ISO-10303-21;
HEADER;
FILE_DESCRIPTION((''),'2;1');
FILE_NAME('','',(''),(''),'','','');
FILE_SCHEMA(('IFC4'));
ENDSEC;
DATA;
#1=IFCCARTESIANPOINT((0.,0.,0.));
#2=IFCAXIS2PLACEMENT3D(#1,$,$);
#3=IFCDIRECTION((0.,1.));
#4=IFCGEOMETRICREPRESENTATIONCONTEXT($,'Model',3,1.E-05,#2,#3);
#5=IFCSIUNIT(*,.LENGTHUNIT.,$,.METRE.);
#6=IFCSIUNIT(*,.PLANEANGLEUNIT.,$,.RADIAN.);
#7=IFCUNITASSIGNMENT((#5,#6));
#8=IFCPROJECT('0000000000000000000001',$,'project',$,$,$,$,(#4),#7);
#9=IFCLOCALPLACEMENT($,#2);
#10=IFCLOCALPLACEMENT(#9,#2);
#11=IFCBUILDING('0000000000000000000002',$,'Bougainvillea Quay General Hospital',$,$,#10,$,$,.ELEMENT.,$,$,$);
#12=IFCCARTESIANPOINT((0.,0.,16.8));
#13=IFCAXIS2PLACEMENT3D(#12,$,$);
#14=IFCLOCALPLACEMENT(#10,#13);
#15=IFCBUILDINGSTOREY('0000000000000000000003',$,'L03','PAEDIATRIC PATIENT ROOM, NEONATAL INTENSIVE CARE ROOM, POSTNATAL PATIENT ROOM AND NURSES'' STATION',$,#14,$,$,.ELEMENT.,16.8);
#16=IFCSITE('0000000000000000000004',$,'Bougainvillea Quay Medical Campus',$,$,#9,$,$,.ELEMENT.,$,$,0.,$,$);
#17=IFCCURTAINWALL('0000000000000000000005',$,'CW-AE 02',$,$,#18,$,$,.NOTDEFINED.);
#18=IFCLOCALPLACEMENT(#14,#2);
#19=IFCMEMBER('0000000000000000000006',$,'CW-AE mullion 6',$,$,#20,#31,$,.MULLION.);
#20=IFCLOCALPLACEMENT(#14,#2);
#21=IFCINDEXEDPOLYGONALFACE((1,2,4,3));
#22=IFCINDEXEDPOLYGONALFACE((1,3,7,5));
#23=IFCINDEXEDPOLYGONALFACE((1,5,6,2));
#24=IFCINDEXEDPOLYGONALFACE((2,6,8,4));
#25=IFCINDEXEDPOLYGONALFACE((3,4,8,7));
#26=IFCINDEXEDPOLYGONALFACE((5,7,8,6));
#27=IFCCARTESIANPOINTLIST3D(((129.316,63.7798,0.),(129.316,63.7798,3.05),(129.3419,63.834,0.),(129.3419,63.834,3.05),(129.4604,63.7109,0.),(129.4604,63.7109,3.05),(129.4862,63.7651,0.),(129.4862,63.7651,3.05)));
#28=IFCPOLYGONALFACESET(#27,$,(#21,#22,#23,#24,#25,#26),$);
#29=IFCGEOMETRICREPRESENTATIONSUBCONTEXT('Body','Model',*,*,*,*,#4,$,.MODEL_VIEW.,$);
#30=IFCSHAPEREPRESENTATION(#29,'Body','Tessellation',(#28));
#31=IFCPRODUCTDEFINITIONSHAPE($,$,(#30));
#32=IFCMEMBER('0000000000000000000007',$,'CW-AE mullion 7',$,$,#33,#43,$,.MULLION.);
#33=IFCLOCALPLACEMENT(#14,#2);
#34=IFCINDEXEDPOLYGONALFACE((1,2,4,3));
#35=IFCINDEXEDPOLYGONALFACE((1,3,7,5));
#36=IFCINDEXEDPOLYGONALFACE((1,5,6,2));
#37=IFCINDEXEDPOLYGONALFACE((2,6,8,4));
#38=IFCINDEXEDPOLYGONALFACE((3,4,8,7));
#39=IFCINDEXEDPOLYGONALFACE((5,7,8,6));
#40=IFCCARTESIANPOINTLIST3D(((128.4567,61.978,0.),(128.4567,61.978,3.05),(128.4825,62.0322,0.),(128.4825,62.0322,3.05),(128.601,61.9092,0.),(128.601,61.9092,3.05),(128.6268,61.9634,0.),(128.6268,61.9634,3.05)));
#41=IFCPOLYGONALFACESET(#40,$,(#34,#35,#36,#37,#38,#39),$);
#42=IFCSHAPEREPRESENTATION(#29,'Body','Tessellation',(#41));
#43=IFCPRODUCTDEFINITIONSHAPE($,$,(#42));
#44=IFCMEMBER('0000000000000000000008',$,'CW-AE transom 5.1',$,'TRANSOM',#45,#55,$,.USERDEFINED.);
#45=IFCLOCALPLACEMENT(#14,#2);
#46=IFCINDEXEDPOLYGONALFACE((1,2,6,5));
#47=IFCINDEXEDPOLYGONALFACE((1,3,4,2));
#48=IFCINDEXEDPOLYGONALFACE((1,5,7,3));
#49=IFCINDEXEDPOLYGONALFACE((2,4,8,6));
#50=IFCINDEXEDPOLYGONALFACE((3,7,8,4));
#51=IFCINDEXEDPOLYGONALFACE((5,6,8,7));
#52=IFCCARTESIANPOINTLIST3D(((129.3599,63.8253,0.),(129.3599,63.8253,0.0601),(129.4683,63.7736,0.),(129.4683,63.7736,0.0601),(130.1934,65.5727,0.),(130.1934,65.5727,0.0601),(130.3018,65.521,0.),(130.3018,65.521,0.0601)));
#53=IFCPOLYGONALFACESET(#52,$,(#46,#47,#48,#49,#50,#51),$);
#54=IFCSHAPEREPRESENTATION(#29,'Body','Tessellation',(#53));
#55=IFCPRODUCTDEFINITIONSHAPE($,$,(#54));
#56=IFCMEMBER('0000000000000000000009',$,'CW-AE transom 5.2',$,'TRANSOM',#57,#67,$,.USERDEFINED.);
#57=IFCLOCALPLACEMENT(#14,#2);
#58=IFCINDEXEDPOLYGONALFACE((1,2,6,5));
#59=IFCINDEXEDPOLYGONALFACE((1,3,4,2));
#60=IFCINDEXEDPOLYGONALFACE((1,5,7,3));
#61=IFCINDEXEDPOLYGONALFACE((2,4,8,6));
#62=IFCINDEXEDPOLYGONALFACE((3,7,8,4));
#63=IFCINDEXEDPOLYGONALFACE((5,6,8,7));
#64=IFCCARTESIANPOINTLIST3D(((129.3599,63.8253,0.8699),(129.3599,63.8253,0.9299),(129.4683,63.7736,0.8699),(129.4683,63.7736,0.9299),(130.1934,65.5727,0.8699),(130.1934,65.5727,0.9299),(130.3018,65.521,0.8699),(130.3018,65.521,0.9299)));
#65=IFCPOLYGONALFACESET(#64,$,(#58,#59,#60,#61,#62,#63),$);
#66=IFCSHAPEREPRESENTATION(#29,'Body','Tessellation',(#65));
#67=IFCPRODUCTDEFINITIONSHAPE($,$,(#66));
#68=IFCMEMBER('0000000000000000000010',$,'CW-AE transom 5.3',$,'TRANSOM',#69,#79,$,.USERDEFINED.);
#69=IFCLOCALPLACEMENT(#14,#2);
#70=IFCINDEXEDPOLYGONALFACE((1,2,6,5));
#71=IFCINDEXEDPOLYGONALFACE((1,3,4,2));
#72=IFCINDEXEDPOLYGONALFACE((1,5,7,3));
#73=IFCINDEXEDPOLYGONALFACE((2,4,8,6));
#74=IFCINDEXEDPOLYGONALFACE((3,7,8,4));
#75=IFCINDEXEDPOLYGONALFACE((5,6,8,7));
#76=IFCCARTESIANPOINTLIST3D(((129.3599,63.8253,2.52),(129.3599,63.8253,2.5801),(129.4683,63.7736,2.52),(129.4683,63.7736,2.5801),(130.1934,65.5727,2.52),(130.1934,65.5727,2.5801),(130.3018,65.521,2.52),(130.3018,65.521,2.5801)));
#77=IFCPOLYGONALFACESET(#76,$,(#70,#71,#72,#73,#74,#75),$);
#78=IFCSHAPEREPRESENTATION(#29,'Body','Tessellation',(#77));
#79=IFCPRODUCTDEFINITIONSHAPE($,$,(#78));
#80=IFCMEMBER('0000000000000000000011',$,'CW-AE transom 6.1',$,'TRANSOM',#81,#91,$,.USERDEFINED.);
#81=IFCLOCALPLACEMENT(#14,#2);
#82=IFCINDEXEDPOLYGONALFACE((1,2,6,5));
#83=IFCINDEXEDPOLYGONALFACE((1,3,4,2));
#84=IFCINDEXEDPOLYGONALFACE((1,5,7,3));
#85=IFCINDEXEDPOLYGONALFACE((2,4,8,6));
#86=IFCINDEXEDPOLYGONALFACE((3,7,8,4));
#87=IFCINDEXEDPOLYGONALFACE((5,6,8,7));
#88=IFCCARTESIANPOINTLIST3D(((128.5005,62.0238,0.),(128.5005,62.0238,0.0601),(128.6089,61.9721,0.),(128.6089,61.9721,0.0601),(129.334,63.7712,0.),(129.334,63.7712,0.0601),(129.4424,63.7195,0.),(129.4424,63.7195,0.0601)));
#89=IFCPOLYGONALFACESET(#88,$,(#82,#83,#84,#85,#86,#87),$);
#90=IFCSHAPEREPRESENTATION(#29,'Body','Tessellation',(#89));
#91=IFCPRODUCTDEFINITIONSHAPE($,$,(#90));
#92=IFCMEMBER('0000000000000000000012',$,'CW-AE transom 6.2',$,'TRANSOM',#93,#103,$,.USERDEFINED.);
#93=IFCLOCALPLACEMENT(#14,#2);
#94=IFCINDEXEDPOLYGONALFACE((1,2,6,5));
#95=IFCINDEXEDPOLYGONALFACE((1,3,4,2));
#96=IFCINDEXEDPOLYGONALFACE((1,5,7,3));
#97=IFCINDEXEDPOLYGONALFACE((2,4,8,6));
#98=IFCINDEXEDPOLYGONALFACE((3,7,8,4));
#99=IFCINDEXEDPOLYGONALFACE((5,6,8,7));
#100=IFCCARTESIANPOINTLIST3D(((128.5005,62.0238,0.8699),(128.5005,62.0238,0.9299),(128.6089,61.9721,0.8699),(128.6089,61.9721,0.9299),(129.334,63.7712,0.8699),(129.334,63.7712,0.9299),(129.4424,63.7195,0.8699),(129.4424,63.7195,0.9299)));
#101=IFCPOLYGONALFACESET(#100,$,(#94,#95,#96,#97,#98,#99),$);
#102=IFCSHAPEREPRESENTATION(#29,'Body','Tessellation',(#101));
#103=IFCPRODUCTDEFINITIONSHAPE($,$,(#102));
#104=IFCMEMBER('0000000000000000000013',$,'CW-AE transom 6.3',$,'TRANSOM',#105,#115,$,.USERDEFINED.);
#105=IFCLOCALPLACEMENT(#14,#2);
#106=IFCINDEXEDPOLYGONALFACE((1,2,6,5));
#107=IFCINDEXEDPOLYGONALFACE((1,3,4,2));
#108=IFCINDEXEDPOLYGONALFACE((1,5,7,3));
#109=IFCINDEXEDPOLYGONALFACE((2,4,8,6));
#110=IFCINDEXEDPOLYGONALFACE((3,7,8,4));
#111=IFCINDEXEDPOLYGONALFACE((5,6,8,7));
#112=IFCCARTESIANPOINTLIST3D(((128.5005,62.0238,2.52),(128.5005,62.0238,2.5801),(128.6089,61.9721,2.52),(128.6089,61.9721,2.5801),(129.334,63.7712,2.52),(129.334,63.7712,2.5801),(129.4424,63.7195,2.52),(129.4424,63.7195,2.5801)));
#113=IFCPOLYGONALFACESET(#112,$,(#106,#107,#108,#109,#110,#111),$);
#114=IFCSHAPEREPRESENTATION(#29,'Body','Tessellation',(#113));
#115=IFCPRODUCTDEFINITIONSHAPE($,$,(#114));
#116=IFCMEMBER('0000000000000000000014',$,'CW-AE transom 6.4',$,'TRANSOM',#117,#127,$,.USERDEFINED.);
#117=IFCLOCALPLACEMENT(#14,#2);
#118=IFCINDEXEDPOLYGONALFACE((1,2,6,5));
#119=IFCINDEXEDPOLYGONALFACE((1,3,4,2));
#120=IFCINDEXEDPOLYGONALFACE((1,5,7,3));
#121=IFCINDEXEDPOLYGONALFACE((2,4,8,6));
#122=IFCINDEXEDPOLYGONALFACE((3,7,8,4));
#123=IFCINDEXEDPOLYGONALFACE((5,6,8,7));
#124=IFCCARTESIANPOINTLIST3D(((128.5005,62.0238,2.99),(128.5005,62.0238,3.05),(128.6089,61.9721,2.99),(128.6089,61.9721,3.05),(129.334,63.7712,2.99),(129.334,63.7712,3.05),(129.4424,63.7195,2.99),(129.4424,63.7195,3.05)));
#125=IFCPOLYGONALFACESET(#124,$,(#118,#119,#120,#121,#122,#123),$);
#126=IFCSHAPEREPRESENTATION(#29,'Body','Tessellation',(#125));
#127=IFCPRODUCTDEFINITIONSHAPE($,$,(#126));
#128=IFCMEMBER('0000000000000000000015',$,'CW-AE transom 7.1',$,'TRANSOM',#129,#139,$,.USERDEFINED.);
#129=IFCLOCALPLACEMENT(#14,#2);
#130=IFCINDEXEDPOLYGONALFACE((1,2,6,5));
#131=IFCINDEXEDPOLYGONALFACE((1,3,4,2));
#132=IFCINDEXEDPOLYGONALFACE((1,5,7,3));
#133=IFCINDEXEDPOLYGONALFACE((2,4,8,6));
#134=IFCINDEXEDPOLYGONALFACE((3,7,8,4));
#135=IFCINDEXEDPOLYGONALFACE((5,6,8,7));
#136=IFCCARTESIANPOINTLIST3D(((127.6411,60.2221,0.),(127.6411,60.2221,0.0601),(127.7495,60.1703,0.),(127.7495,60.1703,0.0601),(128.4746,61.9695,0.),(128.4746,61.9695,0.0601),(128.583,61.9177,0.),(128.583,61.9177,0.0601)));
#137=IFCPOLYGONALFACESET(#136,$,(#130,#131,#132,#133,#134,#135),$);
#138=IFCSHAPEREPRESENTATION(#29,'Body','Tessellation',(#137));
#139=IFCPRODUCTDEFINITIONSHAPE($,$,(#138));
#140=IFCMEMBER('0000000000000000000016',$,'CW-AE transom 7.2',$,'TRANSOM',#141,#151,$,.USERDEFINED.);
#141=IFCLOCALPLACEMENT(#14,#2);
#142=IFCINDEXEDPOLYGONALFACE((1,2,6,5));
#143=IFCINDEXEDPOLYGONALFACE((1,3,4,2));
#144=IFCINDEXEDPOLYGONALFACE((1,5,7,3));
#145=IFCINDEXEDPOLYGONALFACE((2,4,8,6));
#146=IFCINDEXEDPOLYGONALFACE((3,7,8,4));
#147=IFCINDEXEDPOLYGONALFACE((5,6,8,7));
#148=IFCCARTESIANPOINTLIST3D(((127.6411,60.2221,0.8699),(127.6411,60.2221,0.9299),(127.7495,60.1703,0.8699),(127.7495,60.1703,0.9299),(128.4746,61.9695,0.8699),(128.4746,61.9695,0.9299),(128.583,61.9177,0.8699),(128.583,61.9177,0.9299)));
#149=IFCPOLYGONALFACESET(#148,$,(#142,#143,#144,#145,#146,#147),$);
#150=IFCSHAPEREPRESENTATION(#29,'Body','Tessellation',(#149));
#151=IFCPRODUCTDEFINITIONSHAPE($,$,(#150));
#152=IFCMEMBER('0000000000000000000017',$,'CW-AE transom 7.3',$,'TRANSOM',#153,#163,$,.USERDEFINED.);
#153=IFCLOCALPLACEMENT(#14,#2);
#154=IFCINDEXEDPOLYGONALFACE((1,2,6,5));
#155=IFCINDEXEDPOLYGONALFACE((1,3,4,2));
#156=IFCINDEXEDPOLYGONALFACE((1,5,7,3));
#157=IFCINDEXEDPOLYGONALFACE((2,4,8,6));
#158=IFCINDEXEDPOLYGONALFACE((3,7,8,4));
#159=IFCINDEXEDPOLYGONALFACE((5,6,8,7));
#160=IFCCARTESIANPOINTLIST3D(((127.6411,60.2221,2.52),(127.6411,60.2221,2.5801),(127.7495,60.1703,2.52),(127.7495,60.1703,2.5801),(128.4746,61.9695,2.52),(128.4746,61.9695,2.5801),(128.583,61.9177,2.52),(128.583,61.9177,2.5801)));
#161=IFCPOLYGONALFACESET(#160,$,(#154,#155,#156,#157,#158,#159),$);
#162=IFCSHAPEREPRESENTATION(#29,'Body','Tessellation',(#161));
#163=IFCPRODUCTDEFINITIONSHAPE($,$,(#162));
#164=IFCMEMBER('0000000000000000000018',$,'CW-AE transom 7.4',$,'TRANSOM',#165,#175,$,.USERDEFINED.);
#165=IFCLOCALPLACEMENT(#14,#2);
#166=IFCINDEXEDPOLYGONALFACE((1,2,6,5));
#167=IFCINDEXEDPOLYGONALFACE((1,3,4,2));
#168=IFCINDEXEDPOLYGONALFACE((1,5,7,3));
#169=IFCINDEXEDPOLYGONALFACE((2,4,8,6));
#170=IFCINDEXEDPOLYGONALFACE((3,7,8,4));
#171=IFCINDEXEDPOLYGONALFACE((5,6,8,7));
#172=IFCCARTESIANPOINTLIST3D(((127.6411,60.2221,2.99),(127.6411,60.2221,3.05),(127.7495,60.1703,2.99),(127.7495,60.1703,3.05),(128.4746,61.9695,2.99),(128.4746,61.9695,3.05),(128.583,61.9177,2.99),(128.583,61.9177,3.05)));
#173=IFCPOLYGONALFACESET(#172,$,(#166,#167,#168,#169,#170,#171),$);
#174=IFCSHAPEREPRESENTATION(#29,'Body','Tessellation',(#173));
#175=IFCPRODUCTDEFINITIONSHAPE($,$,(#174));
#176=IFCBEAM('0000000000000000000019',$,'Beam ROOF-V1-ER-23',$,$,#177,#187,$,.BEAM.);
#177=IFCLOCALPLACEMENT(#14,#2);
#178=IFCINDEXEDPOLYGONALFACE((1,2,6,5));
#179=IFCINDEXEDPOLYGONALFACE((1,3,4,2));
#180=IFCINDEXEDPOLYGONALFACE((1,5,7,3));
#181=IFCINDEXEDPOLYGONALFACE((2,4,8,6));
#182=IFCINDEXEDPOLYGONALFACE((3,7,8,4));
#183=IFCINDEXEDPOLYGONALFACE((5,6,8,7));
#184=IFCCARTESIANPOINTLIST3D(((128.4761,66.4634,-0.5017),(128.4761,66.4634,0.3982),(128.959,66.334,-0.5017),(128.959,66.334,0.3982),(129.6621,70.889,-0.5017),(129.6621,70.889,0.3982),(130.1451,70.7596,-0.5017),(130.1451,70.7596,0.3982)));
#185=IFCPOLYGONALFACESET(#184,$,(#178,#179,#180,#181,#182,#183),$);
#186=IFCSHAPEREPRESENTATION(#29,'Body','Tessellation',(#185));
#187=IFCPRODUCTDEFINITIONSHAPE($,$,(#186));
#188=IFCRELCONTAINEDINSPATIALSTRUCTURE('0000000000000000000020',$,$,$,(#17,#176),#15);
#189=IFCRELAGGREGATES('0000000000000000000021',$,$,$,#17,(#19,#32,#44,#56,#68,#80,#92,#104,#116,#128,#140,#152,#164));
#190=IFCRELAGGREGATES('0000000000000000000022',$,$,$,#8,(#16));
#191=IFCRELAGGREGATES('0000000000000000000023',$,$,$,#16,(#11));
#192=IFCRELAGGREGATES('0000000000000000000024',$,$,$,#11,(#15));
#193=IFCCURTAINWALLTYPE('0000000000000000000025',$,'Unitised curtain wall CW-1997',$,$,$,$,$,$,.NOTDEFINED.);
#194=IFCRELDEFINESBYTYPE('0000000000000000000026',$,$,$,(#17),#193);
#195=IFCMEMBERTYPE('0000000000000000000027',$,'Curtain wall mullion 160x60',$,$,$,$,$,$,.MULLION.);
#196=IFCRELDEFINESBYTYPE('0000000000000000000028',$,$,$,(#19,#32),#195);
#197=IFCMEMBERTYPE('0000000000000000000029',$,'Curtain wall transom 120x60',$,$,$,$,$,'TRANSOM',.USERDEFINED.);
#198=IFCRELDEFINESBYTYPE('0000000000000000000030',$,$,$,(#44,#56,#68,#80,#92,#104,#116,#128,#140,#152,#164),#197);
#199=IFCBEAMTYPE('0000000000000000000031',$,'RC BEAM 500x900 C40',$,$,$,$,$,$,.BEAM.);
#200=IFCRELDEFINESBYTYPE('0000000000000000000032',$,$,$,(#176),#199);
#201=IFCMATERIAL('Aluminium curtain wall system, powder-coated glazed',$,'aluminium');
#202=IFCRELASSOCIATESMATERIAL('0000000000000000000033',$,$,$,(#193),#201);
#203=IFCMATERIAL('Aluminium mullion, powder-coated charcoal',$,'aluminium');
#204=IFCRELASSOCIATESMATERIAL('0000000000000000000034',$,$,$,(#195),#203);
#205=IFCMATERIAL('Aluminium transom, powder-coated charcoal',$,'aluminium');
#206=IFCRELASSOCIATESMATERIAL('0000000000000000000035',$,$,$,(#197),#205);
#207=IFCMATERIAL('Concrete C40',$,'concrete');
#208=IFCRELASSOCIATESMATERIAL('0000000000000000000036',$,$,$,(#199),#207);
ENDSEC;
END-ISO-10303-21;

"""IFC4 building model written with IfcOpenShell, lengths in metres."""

from ifc_helpers import new_model, si_unit, direction, frame, origin, origin_2d, place, context, subcontext, project, spatial, rectangle, extrude, material, material_profile, profile_set, type_object, element, aggregate, save


model = new_model("IFC4")

# Units and contexts
model_context = context("Model", 3, precision=1e-05, world=origin(), true_north=direction((0.0, 1.0)))
body_context = subcontext(model_context, "Body", "Model", "MODEL_VIEW")
ifc_project = project(units=[si_unit("LENGTHUNIT", "METRE"), si_unit("PLANEANGLEUNIT", "RADIAN")], contexts=[model_context])

# Site, building, storey
site_placement = place(None, origin())
site = spatial("IfcSite", under=ifc_project, at=site_placement, Name="Bougainvillea Quay Medical Campus", CompositionType="ELEMENT", RefElevation=0.0)
building_placement = place(site_placement, origin())
building = spatial("IfcBuilding", under=site, at=building_placement, Name="Bougainvillea Quay General Hospital", CompositionType="ELEMENT")
storey_placement = place(building_placement, frame((0.0, 0.0, 16.8)))
storey = spatial("IfcBuildingStorey", under=building, at=storey_placement, Name="L03", Description="PAEDIATRIC PATIENT ROOM, NEONATAL INTENSIVE CARE ROOM, POSTNATAL PATIENT ROOM AND NURSES' STATION", CompositionType="ELEMENT", Elevation=16.8)

# Curtain wall, members
ifc_material_1 = material(Name="Aluminium curtain wall system, powder-coated glazed", Category="aluminium")
curtain_wall_type = type_object("IfcCurtainWallType", Name="Unitised curtain wall CW-1997", PredefinedType="NOTDEFINED", material=ifc_material_1)
curtain_wall_placement = place(storey_placement, origin())
curtain_wall = element("IfcCurtainWall", 1, at=curtain_wall_placement, inside=storey, type_object=curtain_wall_type, Name="CW-AE 02", PredefinedType="NOTDEFINED")
ifc_material_2 = material(Name="Aluminium mullion, powder-coated charcoal", Category="aluminium")
ifc_material_profile_1 = material_profile(ifc_material_2, rectangle(XDim=0.1599, YDim=0.0601, at=origin_2d()))
ifc_profile_set_1 = profile_set([ifc_material_profile_1], Name="Aluminium mullion, powder-coated charcoal")
member_type_1 = type_object("IfcMemberType", Name="Curtain wall mullion 160x60", PredefinedType="MULLION", material=ifc_profile_set_1)
member_1_placement = place(storey_placement, frame((129.4011, 63.7725, 0.0), z_axis=(0.0, 0.0, 1.0), x_axis=(0.902578, -0.430525, 0.0)))
member_1 = element("IfcMember", 2, at=member_1_placement, type_object=member_type_1, Name="CW-AE mullion 6", PredefinedType="MULLION", context=body_context, shape_type="SweptSolid", body=[
    extrude(rectangle(XDim=0.1599, YDim=0.0601, at=origin_2d()), origin(), (0.0, 0.0, 1.0), 3.05),
])
member_2_placement = place(storey_placement, frame((128.5417, 61.9707, 0.0), z_axis=(0.0, 0.0, 1.0), x_axis=(0.902578, -0.430525, 0.0)))
member_2 = element("IfcMember", 3, at=member_2_placement, type_object=member_type_1, Name="CW-AE mullion 7", PredefinedType="MULLION", context=body_context, shape_type="SweptSolid", body=[
    extrude(rectangle(XDim=0.1599, YDim=0.0601, at=origin_2d()), origin(), (0.0, 0.0, 1.0), 3.05),
])
ifc_material_3 = material(Name="Aluminium transom, powder-coated charcoal", Category="aluminium")
ifc_material_profile_2 = material_profile(ifc_material_3, rectangle(XDim=0.1201, YDim=0.0601, at=origin_2d()))
ifc_profile_set_2 = profile_set([ifc_material_profile_2], Name="Aluminium transom, powder-coated charcoal")
member_type_2 = type_object("IfcMemberType", Name="Curtain wall transom 120x60", ElementType="TRANSOM", PredefinedType="USERDEFINED", material=ifc_profile_set_2)
member_3_placement = place(storey_placement, frame((130.2476, 65.5469, 0.03), z_axis=(-0.430491, -0.902595, 0.0), x_axis=(0.902595, -0.430491, 0.0)))
member_3 = element("IfcMember", 4, at=member_3_placement, type_object=member_type_2, Name="CW-AE transom 5.1", ObjectType="TRANSOM", PredefinedType="USERDEFINED", context=body_context, shape_type="SweptSolid", body=[
    extrude(rectangle(XDim=0.1201, YDim=0.0601, at=origin_2d()), origin(), (0.0, 0.0, 1.0), 1.936),
])
member_4_placement = place(storey_placement, frame((130.2476, 65.5469, 0.8999), z_axis=(-0.430491, -0.902595, 0.0), x_axis=(0.902595, -0.430491, 0.0)))
member_4 = element("IfcMember", 5, at=member_4_placement, type_object=member_type_2, Name="CW-AE transom 5.2", ObjectType="TRANSOM", PredefinedType="USERDEFINED", context=body_context, shape_type="SweptSolid", body=[
    extrude(rectangle(XDim=0.1201, YDim=0.0601, at=origin_2d()), origin(), (0.0, 0.0, 1.0), 1.936),
])
member_5_placement = place(storey_placement, frame((130.2476, 65.5469, 2.55), z_axis=(-0.430491, -0.902595, 0.0), x_axis=(0.902595, -0.430491, 0.0)))
member_5 = element("IfcMember", 6, at=member_5_placement, type_object=member_type_2, Name="CW-AE transom 5.3", ObjectType="TRANSOM", PredefinedType="USERDEFINED", context=body_context, shape_type="SweptSolid", body=[
    extrude(rectangle(XDim=0.1201, YDim=0.0601, at=origin_2d()), origin(), (0.0, 0.0, 1.0), 1.936),
])
member_6_placement = place(storey_placement, frame((129.3882, 63.7454, 0.03), z_axis=(-0.430491, -0.902595, 0.0), x_axis=(0.902595, -0.430491, 0.0)))
member_6 = element("IfcMember", 7, at=member_6_placement, type_object=member_type_2, Name="CW-AE transom 6.1", ObjectType="TRANSOM", PredefinedType="USERDEFINED", context=body_context, shape_type="SweptSolid", body=[
    extrude(rectangle(XDim=0.1201, YDim=0.0601, at=origin_2d()), origin(), (0.0, 0.0, 1.0), 1.936),
])
member_7_placement = place(storey_placement, frame((129.3882, 63.7454, 0.8999), z_axis=(-0.430491, -0.902595, 0.0), x_axis=(0.902595, -0.430491, 0.0)))
member_7 = element("IfcMember", 8, at=member_7_placement, type_object=member_type_2, Name="CW-AE transom 6.2", ObjectType="TRANSOM", PredefinedType="USERDEFINED", context=body_context, shape_type="SweptSolid", body=[
    extrude(rectangle(XDim=0.1201, YDim=0.0601, at=origin_2d()), origin(), (0.0, 0.0, 1.0), 1.936),
])
member_8_placement = place(storey_placement, frame((129.3882, 63.7454, 2.55), z_axis=(-0.430491, -0.902595, 0.0), x_axis=(0.902595, -0.430491, 0.0)))
member_8 = element("IfcMember", 9, at=member_8_placement, type_object=member_type_2, Name="CW-AE transom 6.3", ObjectType="TRANSOM", PredefinedType="USERDEFINED", context=body_context, shape_type="SweptSolid", body=[
    extrude(rectangle(XDim=0.1201, YDim=0.0601, at=origin_2d()), origin(), (0.0, 0.0, 1.0), 1.936),
])
member_9_placement = place(storey_placement, frame((129.3882, 63.7454, 3.02), z_axis=(-0.430491, -0.902595, 0.0), x_axis=(0.902595, -0.430491, 0.0)))
member_9 = element("IfcMember", 10, at=member_9_placement, type_object=member_type_2, Name="CW-AE transom 6.4", ObjectType="TRANSOM", PredefinedType="USERDEFINED", context=body_context, shape_type="SweptSolid", body=[
    extrude(rectangle(XDim=0.1201, YDim=0.0601, at=origin_2d()), origin(), (0.0, 0.0, 1.0), 1.936),
])
member_10_placement = place(storey_placement, frame((128.5288, 61.9436, 0.03), z_axis=(-0.43054, -0.902571, 0.0), x_axis=(0.902571, -0.43054, 0.0)))
member_10 = element("IfcMember", 11, at=member_10_placement, type_object=member_type_2, Name="CW-AE transom 7.1", ObjectType="TRANSOM", PredefinedType="USERDEFINED", context=body_context, shape_type="SweptSolid", body=[
    extrude(rectangle(XDim=0.1201, YDim=0.0601, at=origin_2d()), origin(), (0.0, 0.0, 1.0), 1.936),
])
member_11_placement = place(storey_placement, frame((128.5288, 61.9436, 0.8999), z_axis=(-0.43054, -0.902571, 0.0), x_axis=(0.902571, -0.43054, 0.0)))
member_11 = element("IfcMember", 12, at=member_11_placement, type_object=member_type_2, Name="CW-AE transom 7.2", ObjectType="TRANSOM", PredefinedType="USERDEFINED", context=body_context, shape_type="SweptSolid", body=[
    extrude(rectangle(XDim=0.1201, YDim=0.0601, at=origin_2d()), origin(), (0.0, 0.0, 1.0), 1.936),
])
member_12_placement = place(storey_placement, frame((128.5288, 61.9436, 2.55), z_axis=(-0.43054, -0.902571, 0.0), x_axis=(0.902571, -0.43054, 0.0)))
member_12 = element("IfcMember", 13, at=member_12_placement, type_object=member_type_2, Name="CW-AE transom 7.3", ObjectType="TRANSOM", PredefinedType="USERDEFINED", context=body_context, shape_type="SweptSolid", body=[
    extrude(rectangle(XDim=0.1201, YDim=0.0601, at=origin_2d()), origin(), (0.0, 0.0, 1.0), 1.936),
])
member_13_placement = place(storey_placement, frame((128.5288, 61.9436, 3.02), z_axis=(-0.43054, -0.902571, 0.0), x_axis=(0.902571, -0.43054, 0.0)))
member_13 = element("IfcMember", 14, at=member_13_placement, type_object=member_type_2, Name="CW-AE transom 7.4", ObjectType="TRANSOM", PredefinedType="USERDEFINED", context=body_context, shape_type="SweptSolid", body=[
    extrude(rectangle(XDim=0.1201, YDim=0.0601, at=origin_2d()), origin(), (0.0, 0.0, 1.0), 1.936),
])

# Beam
ifc_material_4 = material(Name="Concrete C40", Category="concrete")
ifc_material_profile_3 = material_profile(ifc_material_4, rectangle(XDim=0.5, YDim=0.8999, at=origin_2d()))
ifc_profile_set_3 = profile_set([ifc_material_profile_3], Name="Concrete C40")
beam_type = type_object("IfcBeamType", Name="RC BEAM 500x900 C40", PredefinedType="BEAM", material=ifc_profile_set_3)
beam_placement = place(storey_placement, frame((128.7175, 66.3987, -0.0518), z_axis=(0.258863, 0.965914, 0.0), x_axis=(-0.965914, 0.258863, 0.0)))
element("IfcBeam", 15, at=beam_placement, inside=storey, type_object=beam_type, Name="Beam ROOF-V1-ER-23", PredefinedType="BEAM", context=body_context, shape_type="SweptSolid", body=[
    extrude(rectangle(XDim=0.5, YDim=0.8999, at=origin_2d()), origin(), (0.0, 0.0, 1.0), 4.5818),
])

aggregate(curtain_wall, [member_1, member_2, member_3, member_4, member_5, member_6, member_7, member_8, member_9, member_10, member_11, member_12, member_13])

save(model, "model.ifc")
